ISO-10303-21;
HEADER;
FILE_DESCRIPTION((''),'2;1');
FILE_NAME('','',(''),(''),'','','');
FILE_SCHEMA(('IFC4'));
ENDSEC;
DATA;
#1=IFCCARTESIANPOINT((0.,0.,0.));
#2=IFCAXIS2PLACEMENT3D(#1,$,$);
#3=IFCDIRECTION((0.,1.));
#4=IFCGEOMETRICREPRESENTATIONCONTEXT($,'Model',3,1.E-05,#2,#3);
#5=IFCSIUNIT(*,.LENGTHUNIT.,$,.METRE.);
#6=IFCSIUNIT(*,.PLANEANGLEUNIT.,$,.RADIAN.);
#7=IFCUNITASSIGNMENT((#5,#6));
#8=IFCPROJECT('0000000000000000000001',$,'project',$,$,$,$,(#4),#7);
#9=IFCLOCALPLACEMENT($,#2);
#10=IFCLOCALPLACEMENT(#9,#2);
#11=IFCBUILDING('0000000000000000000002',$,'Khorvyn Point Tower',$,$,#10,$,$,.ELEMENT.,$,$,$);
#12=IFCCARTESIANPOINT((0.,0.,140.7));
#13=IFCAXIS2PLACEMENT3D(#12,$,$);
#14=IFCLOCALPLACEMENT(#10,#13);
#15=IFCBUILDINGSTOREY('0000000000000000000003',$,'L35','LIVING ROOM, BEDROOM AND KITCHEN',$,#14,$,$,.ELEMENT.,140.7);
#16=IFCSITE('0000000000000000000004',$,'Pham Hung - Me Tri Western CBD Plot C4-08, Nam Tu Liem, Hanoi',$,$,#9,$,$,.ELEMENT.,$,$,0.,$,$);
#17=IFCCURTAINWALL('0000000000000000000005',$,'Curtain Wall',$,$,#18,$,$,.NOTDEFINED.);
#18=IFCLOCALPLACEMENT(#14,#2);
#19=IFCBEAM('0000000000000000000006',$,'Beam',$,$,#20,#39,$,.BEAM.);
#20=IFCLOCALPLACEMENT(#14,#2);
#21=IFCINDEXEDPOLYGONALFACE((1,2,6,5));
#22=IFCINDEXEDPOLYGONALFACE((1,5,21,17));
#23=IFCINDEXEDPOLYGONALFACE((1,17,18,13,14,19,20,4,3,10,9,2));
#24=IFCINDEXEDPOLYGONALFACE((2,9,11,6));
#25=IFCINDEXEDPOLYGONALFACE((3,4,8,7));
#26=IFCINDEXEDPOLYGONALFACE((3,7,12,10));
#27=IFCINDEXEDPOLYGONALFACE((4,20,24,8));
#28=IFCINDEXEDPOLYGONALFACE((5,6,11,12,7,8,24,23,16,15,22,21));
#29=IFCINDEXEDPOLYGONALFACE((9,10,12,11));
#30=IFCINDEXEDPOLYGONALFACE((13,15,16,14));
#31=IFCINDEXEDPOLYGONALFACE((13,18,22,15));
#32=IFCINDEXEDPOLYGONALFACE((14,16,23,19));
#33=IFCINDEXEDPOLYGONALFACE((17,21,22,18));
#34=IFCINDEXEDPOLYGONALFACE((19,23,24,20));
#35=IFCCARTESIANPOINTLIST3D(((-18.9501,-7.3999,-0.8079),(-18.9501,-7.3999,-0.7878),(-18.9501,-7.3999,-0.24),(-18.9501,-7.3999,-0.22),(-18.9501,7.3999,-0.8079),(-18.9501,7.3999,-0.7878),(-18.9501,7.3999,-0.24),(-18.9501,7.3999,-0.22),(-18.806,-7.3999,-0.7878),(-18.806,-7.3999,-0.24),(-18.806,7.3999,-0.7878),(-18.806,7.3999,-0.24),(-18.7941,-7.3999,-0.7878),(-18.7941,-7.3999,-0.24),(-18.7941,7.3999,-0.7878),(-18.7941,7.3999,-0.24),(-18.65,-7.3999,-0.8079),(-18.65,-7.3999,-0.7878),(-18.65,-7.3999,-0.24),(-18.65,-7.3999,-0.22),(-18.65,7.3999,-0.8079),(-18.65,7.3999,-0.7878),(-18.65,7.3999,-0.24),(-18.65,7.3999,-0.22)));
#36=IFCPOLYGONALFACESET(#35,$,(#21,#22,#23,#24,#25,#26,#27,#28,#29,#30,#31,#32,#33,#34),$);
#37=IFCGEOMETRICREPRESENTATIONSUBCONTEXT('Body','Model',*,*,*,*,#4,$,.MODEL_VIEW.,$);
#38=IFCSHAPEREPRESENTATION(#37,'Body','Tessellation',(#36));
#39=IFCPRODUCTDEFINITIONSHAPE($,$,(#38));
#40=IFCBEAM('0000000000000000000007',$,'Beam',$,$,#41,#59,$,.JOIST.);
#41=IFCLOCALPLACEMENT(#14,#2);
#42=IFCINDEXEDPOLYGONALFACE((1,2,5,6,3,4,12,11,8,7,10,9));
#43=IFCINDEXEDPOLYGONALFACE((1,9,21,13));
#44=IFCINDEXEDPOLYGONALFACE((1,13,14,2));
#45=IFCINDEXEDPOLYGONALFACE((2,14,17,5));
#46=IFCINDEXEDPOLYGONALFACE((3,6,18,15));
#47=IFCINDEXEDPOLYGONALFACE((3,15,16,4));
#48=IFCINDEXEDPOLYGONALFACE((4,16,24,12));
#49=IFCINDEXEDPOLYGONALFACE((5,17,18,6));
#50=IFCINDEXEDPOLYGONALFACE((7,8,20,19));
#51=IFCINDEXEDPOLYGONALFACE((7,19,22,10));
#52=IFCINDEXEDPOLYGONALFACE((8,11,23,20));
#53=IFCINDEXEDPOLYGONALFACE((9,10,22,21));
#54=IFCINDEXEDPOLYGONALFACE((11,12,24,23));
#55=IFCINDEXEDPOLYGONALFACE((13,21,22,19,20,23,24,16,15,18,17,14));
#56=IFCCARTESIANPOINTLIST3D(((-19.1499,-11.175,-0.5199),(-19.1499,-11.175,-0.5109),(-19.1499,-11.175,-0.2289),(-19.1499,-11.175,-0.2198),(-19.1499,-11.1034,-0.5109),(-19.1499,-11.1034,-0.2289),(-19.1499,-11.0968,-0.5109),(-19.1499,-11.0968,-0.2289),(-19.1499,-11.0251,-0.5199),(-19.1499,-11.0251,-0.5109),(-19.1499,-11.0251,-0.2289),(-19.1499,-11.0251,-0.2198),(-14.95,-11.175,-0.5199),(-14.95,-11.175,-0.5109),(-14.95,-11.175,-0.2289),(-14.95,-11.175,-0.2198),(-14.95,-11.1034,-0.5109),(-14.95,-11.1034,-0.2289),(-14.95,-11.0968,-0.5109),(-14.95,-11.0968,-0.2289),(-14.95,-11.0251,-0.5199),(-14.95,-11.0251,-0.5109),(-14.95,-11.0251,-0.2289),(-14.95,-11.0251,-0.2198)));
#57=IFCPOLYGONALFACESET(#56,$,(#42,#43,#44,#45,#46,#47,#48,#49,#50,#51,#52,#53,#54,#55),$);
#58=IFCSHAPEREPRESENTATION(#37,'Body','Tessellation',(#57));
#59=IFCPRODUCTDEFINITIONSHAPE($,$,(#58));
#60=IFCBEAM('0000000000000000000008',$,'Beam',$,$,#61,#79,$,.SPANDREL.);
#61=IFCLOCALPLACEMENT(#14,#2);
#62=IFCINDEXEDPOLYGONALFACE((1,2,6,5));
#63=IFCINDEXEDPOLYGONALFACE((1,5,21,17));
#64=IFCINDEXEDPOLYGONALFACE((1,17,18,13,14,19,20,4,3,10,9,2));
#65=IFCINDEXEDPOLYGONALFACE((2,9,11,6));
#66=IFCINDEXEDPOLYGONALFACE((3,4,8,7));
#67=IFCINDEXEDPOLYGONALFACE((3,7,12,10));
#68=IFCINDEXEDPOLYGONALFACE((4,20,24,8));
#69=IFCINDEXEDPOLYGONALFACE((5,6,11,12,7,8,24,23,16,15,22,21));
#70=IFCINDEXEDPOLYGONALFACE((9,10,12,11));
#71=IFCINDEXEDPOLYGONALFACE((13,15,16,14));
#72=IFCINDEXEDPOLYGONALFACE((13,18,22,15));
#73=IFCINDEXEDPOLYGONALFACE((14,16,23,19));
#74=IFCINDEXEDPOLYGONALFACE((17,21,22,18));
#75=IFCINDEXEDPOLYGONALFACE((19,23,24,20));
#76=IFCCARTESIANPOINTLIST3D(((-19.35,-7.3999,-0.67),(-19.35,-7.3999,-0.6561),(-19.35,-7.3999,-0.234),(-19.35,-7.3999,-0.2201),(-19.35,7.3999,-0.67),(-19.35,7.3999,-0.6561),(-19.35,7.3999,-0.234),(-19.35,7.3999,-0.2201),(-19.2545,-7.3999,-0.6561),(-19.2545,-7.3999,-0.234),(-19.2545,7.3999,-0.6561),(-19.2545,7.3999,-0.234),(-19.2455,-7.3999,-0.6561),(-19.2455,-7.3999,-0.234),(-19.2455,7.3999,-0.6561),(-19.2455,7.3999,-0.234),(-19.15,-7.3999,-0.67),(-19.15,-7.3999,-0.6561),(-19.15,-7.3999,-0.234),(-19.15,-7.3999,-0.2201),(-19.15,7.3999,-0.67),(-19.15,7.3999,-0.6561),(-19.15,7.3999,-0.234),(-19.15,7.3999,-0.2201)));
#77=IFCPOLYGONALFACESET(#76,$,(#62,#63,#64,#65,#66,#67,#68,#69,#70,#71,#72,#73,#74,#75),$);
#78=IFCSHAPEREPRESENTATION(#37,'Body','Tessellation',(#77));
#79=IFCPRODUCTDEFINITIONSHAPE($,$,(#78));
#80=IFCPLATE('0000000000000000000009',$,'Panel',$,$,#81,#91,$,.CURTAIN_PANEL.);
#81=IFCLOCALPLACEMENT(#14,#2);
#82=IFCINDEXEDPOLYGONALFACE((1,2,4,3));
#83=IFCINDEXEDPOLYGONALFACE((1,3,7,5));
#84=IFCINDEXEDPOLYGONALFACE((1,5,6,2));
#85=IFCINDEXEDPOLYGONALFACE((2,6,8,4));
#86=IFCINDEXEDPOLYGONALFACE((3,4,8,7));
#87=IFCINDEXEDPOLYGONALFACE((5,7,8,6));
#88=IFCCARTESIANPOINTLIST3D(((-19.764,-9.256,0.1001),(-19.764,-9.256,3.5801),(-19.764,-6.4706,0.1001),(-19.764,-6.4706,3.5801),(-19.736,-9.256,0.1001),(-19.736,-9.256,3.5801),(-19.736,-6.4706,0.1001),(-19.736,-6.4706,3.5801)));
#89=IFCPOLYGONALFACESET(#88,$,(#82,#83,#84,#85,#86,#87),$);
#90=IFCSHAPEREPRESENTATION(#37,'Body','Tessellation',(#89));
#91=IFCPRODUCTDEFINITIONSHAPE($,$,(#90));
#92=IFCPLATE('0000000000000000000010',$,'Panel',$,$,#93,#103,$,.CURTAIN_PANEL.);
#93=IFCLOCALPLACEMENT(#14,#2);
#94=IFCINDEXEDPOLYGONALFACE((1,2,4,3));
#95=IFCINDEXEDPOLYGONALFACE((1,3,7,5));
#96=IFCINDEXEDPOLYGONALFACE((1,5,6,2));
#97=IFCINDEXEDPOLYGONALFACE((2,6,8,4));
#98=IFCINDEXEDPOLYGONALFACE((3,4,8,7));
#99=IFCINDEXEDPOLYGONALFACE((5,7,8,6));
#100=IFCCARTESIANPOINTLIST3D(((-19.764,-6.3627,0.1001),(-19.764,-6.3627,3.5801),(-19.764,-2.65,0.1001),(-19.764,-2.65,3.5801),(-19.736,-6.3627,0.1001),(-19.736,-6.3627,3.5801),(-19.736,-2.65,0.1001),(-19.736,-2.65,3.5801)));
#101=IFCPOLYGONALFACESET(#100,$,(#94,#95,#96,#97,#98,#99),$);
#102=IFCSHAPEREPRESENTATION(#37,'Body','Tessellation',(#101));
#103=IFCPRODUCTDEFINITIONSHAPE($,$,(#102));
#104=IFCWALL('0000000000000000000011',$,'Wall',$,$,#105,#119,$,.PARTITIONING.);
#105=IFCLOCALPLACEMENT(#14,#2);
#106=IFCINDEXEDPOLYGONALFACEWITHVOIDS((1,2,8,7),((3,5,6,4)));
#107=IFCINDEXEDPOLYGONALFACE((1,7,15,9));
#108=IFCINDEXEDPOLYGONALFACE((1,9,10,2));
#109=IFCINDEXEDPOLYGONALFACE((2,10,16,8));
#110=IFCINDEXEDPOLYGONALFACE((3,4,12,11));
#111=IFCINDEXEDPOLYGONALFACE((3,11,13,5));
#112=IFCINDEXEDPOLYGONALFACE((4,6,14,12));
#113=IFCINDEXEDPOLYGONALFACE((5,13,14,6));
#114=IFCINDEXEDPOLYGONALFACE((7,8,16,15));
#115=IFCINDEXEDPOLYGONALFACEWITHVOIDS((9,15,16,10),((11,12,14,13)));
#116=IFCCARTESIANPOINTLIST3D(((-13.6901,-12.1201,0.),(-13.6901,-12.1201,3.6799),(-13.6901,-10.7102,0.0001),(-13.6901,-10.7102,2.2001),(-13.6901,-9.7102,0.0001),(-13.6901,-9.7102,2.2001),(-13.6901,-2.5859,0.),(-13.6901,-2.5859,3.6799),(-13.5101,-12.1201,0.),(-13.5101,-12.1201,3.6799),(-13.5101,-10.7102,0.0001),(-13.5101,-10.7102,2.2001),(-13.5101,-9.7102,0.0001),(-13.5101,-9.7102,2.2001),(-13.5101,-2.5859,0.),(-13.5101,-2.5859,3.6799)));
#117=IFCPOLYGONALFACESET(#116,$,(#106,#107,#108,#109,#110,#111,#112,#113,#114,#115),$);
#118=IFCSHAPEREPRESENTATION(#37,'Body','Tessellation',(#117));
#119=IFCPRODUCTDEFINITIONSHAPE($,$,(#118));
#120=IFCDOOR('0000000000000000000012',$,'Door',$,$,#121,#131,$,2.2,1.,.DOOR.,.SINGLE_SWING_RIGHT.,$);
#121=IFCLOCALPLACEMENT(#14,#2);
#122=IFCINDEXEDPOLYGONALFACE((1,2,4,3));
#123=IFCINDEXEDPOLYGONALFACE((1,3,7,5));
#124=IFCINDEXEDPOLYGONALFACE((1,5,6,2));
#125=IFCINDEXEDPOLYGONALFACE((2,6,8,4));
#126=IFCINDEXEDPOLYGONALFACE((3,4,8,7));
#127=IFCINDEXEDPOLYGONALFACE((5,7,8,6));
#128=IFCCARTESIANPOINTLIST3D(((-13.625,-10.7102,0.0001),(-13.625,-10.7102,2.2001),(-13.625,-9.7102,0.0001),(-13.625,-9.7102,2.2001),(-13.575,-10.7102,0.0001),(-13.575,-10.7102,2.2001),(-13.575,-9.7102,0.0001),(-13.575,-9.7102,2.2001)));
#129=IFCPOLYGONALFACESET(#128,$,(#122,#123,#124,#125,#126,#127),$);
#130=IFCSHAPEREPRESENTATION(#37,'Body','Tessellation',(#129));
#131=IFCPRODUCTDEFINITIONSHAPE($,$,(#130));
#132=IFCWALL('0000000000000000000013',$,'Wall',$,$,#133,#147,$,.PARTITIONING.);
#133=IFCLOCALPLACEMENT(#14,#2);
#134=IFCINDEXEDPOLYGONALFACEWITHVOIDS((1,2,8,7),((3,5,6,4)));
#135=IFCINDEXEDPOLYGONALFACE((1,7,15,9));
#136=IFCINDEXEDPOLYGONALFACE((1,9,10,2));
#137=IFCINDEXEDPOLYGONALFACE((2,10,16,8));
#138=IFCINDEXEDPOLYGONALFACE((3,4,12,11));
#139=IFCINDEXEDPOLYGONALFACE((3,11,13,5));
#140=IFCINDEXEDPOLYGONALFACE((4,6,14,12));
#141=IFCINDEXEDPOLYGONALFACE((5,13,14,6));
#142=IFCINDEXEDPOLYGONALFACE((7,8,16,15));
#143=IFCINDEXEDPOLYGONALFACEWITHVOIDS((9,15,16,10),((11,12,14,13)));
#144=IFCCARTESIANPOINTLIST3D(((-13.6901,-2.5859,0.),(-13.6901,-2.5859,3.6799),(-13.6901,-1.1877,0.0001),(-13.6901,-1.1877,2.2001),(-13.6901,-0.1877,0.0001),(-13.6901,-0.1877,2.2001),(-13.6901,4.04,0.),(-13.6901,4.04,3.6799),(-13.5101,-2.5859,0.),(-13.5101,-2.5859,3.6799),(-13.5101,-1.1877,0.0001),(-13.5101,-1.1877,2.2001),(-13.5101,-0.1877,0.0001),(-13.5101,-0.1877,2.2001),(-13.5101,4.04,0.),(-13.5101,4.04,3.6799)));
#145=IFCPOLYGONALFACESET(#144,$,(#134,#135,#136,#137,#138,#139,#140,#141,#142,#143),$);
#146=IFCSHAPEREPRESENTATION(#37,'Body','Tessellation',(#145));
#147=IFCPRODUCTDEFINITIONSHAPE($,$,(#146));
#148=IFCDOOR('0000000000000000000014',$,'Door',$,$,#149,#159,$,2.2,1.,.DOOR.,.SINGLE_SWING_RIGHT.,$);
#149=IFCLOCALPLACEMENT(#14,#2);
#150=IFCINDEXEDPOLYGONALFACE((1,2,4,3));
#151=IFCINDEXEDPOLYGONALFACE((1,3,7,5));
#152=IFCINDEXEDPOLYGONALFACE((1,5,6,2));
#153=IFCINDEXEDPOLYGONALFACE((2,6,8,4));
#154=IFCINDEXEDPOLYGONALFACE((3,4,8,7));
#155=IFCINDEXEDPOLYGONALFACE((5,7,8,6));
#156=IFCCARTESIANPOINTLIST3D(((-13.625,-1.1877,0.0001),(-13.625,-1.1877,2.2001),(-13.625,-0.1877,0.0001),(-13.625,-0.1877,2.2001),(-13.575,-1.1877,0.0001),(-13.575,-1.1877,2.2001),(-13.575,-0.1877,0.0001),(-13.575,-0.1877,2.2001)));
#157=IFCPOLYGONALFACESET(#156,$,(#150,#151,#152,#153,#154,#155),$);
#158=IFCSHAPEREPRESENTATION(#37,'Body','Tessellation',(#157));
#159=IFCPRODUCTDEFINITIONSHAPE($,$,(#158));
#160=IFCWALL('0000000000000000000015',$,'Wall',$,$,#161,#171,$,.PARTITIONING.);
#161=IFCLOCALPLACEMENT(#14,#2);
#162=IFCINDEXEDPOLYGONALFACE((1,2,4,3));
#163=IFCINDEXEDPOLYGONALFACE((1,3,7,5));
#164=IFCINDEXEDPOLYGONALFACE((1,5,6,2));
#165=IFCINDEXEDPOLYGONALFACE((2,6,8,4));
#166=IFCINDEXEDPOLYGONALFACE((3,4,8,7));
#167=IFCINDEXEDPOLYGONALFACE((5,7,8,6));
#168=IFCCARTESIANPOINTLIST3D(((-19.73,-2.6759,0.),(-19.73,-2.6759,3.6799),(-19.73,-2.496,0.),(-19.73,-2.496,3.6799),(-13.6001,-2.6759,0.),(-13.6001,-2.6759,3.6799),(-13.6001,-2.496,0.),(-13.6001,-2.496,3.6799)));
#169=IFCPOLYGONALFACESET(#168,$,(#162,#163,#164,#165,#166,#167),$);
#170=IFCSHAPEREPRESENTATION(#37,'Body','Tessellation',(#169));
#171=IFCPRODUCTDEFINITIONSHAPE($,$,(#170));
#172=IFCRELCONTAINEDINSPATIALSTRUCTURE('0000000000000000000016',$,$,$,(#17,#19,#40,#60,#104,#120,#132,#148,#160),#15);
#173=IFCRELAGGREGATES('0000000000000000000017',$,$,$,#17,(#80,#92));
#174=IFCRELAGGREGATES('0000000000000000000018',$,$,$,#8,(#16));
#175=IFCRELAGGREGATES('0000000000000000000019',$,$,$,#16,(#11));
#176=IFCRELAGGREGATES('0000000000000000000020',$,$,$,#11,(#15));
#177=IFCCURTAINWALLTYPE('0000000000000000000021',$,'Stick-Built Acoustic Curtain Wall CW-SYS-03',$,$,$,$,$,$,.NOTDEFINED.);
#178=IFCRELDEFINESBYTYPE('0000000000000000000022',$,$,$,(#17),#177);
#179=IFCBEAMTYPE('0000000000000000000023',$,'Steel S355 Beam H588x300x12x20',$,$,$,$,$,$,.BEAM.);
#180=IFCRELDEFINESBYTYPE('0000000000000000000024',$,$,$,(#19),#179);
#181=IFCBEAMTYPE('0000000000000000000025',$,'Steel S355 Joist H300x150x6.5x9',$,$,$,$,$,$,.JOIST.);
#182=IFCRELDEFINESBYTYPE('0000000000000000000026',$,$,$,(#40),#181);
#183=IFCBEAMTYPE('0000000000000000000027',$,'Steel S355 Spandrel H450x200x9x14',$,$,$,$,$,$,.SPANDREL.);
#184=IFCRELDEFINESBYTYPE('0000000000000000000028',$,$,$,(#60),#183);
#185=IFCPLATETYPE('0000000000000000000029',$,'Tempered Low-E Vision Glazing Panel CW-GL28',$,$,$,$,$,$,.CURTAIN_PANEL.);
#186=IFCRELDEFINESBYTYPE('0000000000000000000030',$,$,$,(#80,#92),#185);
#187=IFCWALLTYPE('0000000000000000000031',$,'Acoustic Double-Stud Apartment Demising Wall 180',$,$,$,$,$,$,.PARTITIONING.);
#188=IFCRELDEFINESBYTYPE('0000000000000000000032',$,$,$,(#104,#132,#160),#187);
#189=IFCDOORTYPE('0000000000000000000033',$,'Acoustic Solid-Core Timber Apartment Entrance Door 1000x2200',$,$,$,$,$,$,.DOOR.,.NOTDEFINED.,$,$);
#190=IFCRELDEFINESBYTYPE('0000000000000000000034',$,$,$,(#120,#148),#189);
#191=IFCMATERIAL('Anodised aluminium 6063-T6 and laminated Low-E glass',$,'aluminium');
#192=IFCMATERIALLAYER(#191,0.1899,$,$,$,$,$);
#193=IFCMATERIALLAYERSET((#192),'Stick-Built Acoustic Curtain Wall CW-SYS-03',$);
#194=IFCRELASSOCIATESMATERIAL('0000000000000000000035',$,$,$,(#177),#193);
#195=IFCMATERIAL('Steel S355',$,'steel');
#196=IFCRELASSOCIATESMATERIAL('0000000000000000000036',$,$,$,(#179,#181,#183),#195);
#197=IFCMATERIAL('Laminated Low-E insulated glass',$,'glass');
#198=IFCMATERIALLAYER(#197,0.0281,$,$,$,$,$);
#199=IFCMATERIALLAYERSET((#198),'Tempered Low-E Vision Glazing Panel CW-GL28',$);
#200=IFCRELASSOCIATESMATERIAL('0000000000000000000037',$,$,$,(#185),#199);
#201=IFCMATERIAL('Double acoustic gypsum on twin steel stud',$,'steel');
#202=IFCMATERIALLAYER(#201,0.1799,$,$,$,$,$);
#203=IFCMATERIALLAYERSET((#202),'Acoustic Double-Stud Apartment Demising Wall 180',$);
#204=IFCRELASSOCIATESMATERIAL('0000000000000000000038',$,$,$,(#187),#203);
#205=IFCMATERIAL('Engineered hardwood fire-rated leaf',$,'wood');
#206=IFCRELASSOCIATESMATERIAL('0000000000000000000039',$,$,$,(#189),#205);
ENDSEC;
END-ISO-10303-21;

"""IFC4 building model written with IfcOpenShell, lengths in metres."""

from ifc_helpers import new_model, si_unit, direction, frame, frame_2d, origin, origin_2d, place, context, subcontext, project, spatial, rectangle, i_section, extrude, material, layer, layer_set, material_profile, profile_set, type_object, element, fill, aggregate, save


model = new_model("IFC4")

# Units and contexts
model_context = context("Model", 3, precision=1e-05, world=origin(), true_north=direction((0.0, 1.0)))
body_context = subcontext(model_context, "Body", "Model", "MODEL_VIEW")
ifc_project = project(units=[si_unit("LENGTHUNIT", "METRE"), si_unit("PLANEANGLEUNIT", "RADIAN")], contexts=[model_context])

# Site, building, storey
site_placement = place(None, origin())
site = spatial("IfcSite", under=ifc_project, at=site_placement, Name="Pham Hung - Me Tri Western CBD Plot C4-08, Nam Tu Liem, Hanoi", CompositionType="ELEMENT", RefElevation=0.0)
building_placement = place(site_placement, origin())
building = spatial("IfcBuilding", under=site, at=building_placement, Name="Khorvyn Point Tower", CompositionType="ELEMENT")
storey_placement = place(building_placement, frame((0.0, 0.0, 140.7)))
storey = spatial("IfcBuildingStorey", under=building, at=storey_placement, Name="L35", Description="LIVING ROOM, BEDROOM AND KITCHEN", CompositionType="ELEMENT", Elevation=140.7)

# Curtain wall
ifc_material_1 = material(Name="Anodised aluminium 6063-T6 and laminated Low-E glass", Category="aluminium")
ifc_layer_1 = layer(ifc_material_1, 0.1899)
ifc_layer_set_1 = layer_set([ifc_layer_1], Name="Stick-Built Acoustic Curtain Wall CW-SYS-03")
curtain_wall_type = type_object("IfcCurtainWallType", Name="Stick-Built Acoustic Curtain Wall CW-SYS-03", PredefinedType="NOTDEFINED", material=ifc_layer_set_1)
curtain_wall_placement = place(storey_placement, origin())
curtain_wall = element("IfcCurtainWall", 1, at=curtain_wall_placement, inside=storey, type_object=curtain_wall_type, Name="Curtain Wall", PredefinedType="NOTDEFINED")

# Beams
ifc_material_2 = material(Name="Steel S355", Category="steel")
ifc_material_profile_1 = material_profile(ifc_material_2, i_section(OverallWidth=0.3, OverallDepth=0.5879, WebThickness=0.012, FlangeThickness=0.02, at=origin_2d()))
ifc_profile_set_1 = profile_set([ifc_material_profile_1], Name="Steel S355 H588x300x12x20")
beam_type_1 = type_object("IfcBeamType", Name="Steel S355 Beam H588x300x12x20", PredefinedType="BEAM", material=ifc_profile_set_1)
for number, where, z_axis, x_axis, name in (
    (2, (-18.8, -7.3999, -0.5139), (0.0, 1.0, 0.0), (-1.0, 0.0, 0.0), "Beam"),
):
    element("IfcBeam", number, at=place(storey_placement, frame(where, z_axis=z_axis, x_axis=x_axis)), inside=storey, type_object=beam_type_1, Name=name, PredefinedType="BEAM", context=body_context, shape_type="SweptSolid", body=[
        extrude(i_section(OverallWidth=0.3, OverallDepth=0.5879, WebThickness=0.012, FlangeThickness=0.02, at=origin_2d()), origin(), (0.0, 0.0, 1.0), 14.7998),
    ])
ifc_material_profile_2 = material_profile(ifc_material_2, i_section(OverallWidth=0.1499, OverallDepth=0.3, WebThickness=0.0066, FlangeThickness=0.009, at=origin_2d()))
ifc_profile_set_2 = profile_set([ifc_material_profile_2], Name="Steel S355 H300x150x6.5x9")
beam_type_2 = type_object("IfcBeamType", Name="Steel S355 Joist H300x150x6.5x9", PredefinedType="JOIST", material=ifc_profile_set_2)
beam_1_placement = place(storey_placement, frame((-19.1499, -11.1001, -0.3699), z_axis=(1.0, 0.0, 0.0), x_axis=(0.0, 1.0, 0.0)))
element("IfcBeam", 3, at=beam_1_placement, inside=storey, type_object=beam_type_2, Name="Beam", PredefinedType="JOIST", context=body_context, shape_type="SweptSolid", body=[
    extrude(i_section(OverallWidth=0.1499, OverallDepth=0.3, WebThickness=0.0066, FlangeThickness=0.009, at=origin_2d()), origin(), (0.0, 0.0, 1.0), 4.2),
])
ifc_material_profile_3 = material_profile(ifc_material_2, i_section(OverallWidth=0.2, OverallDepth=0.45, WebThickness=0.009, FlangeThickness=0.0139, at=origin_2d()))
ifc_profile_set_3 = profile_set([ifc_material_profile_3], Name="Steel S355 H450x200x9x14")
beam_type_3 = type_object("IfcBeamType", Name="Steel S355 Spandrel H450x200x9x14", PredefinedType="SPANDREL", material=ifc_profile_set_3)
beam_2_placement = place(storey_placement, frame((-19.25, -7.3999, -0.4451), z_axis=(0.0, 1.0, 0.0), x_axis=(-1.0, 0.0, 0.0)))
element("IfcBeam", 4, at=beam_2_placement, inside=storey, type_object=beam_type_3, Name="Beam", PredefinedType="SPANDREL", context=body_context, shape_type="SweptSolid", body=[
    extrude(i_section(OverallWidth=0.2, OverallDepth=0.45, WebThickness=0.009, FlangeThickness=0.0139, at=origin_2d()), origin(), (0.0, 0.0, 1.0), 14.7998),
])

# Plates
ifc_material_3 = material(Name="Laminated Low-E insulated glass", Category="glass")
ifc_layer_2 = layer(ifc_material_3, 0.0281)
ifc_layer_set_2 = layer_set([ifc_layer_2], Name="Tempered Low-E Vision Glazing Panel CW-GL28")
plate_type = type_object("IfcPlateType", Name="Tempered Low-E Vision Glazing Panel CW-GL28", PredefinedType="CURTAIN_PANEL", material=ifc_layer_set_2)
plate_1_placement = place(storey_placement, frame((-19.75, -7.8633, 0.1001), z_axis=(0.0, 0.0, 1.0), x_axis=(0.0, 1.0, 0.0)))
plate_1 = element("IfcPlate", 5, at=plate_1_placement, type_object=plate_type, Name="Panel", PredefinedType="CURTAIN_PANEL", context=body_context, shape_type="SweptSolid", body=[
    extrude(rectangle(XDim=2.7854, YDim=0.0281, at=origin_2d()), origin(), (0.0, 0.0, 1.0), 3.48),
])
plate_2_placement = place(storey_placement, frame((-19.75, -4.5063, 0.1001), z_axis=(0.0, 0.0, 1.0), x_axis=(0.0, 1.0, 0.0)))
plate_2 = element("IfcPlate", 6, at=plate_2_placement, type_object=plate_type, Name="Panel", PredefinedType="CURTAIN_PANEL", context=body_context, shape_type="SweptSolid", body=[
    extrude(rectangle(XDim=3.7126, YDim=0.0281, at=origin_2d()), origin(), (0.0, 0.0, 1.0), 3.48),
])
aggregate(curtain_wall, [plate_1, plate_2])

# Walls, openings, doors
ifc_material_4 = material(Name="Double acoustic gypsum on twin steel stud", Category="steel")
ifc_layer_3 = layer(ifc_material_4, 0.1799)
ifc_layer_set_3 = layer_set([ifc_layer_3], Name="Acoustic Double-Stud Apartment Demising Wall 180")
wall_type_1 = type_object("IfcWallType", Name="Acoustic Double-Stud Apartment Demising Wall 180", PredefinedType="PARTITIONING", material=ifc_layer_set_3)
wall_1_placement = place(storey_placement, frame((-13.6001, -12.1201, 0.0), z_axis=(0.0, 0.0, 1.0), x_axis=(0.0, 1.0, 0.0)))
wall_1 = element("IfcWall", 7, at=wall_1_placement, inside=storey, type_object=wall_type_1, Name="Wall", PredefinedType="PARTITIONING", context=body_context, shape_type="SweptSolid", body=[
    extrude(rectangle(XDim=9.5342, YDim=0.1799, at=frame_2d((4.7671, 0.0))), origin(), (0.0, 0.0, 1.0), 3.6799),
])
opening_1_placement = place(wall_1_placement, frame((1.4099, 0.0, 0.0)))
opening_1 = element("IfcOpeningElement", 8, at=opening_1_placement, cuts=wall_1, PredefinedType="OPENING", context=body_context, shape_type="SweptSolid", body=[
    extrude(rectangle(XDim=1.0, YDim=2.2, at=frame_2d((0.5, 1.1001))), frame((0.0, 0.0999, 0.0), z_axis=(0.0, -1.0, 0.0), x_axis=(1.0, 0.0, 0.0)), (0.0, 0.0, 1.0), 0.2),
])
ifc_material_5 = material(Name="Engineered hardwood fire-rated leaf", Category="wood")
door_type_1 = type_object("IfcDoorType", Name="Acoustic Solid-Core Timber Apartment Entrance Door 1000x2200", OperationType="NOTDEFINED", PredefinedType="DOOR", material=ifc_material_5)
door_1_placement = place(opening_1_placement, origin())
door_1 = element("IfcDoor", 9, at=door_1_placement, inside=storey, type_object=door_type_1, Name="Door", OperationType="SINGLE_SWING_RIGHT", OverallHeight=2.2, OverallWidth=1.0, PredefinedType="DOOR", context=body_context, shape_type="SweptSolid", body=[
    extrude(rectangle(XDim=1.0, YDim=2.2, at=frame_2d((0.5, 1.1001))), frame((0.0, 0.0249, 0.0), z_axis=(0.0, -1.0, 0.0), x_axis=(1.0, 0.0, 0.0)), (0.0, 0.0, 1.0), 0.05),
])
fill(opening_1, door_1)
wall_2_placement = place(storey_placement, frame((-13.6001, -2.5859, 0.0), z_axis=(0.0, 0.0, 1.0), x_axis=(0.0, 1.0, 0.0)))
wall_2 = element("IfcWall", 10, at=wall_2_placement, inside=storey, type_object=wall_type_1, Name="Wall", PredefinedType="PARTITIONING", context=body_context, shape_type="SweptSolid", body=[
    extrude(rectangle(XDim=6.626, YDim=0.1799, at=frame_2d((3.313, 0.0))), origin(), (0.0, 0.0, 1.0), 3.6799),
])
opening_2_placement = place(wall_2_placement, frame((1.3982, 0.0, 0.0)))
opening_2 = element("IfcOpeningElement", 11, at=opening_2_placement, cuts=wall_2, PredefinedType="OPENING", context=body_context, shape_type="SweptSolid", body=[
    extrude(rectangle(XDim=1.0, YDim=2.2, at=frame_2d((0.5, 1.1001))), frame((0.0, 0.0999, 0.0), z_axis=(0.0, -1.0, 0.0), x_axis=(1.0, 0.0, 0.0)), (0.0, 0.0, 1.0), 0.2),
])
door_2_placement = place(opening_2_placement, origin())
door_2 = element("IfcDoor", 12, at=door_2_placement, inside=storey, type_object=door_type_1, Name="Door", OperationType="SINGLE_SWING_RIGHT", OverallHeight=2.2, OverallWidth=1.0, PredefinedType="DOOR", context=body_context, shape_type="SweptSolid", body=[
    extrude(rectangle(XDim=1.0, YDim=2.2, at=frame_2d((0.5, 1.1001))), frame((0.0, 0.0249, 0.0), z_axis=(0.0, -1.0, 0.0), x_axis=(1.0, 0.0, 0.0)), (0.0, 0.0, 1.0), 0.05),
])
fill(opening_2, door_2)

# Wall
wall_3_placement = place(storey_placement, frame((-19.73, -2.5859, 0.0), z_axis=(0.0, 0.0, 1.0), x_axis=(1.0, 0.0, 0.0)))
element("IfcWall", 13, at=wall_3_placement, inside=storey, type_object=wall_type_1, Name="Wall", PredefinedType="PARTITIONING", context=body_context, shape_type="SweptSolid", body=[
    extrude(rectangle(XDim=6.1299, YDim=0.1799, at=frame_2d((3.0649, 0.0))), origin(), (0.0, 0.0, 1.0), 3.6799),
])

save(model, "model.ifc")
